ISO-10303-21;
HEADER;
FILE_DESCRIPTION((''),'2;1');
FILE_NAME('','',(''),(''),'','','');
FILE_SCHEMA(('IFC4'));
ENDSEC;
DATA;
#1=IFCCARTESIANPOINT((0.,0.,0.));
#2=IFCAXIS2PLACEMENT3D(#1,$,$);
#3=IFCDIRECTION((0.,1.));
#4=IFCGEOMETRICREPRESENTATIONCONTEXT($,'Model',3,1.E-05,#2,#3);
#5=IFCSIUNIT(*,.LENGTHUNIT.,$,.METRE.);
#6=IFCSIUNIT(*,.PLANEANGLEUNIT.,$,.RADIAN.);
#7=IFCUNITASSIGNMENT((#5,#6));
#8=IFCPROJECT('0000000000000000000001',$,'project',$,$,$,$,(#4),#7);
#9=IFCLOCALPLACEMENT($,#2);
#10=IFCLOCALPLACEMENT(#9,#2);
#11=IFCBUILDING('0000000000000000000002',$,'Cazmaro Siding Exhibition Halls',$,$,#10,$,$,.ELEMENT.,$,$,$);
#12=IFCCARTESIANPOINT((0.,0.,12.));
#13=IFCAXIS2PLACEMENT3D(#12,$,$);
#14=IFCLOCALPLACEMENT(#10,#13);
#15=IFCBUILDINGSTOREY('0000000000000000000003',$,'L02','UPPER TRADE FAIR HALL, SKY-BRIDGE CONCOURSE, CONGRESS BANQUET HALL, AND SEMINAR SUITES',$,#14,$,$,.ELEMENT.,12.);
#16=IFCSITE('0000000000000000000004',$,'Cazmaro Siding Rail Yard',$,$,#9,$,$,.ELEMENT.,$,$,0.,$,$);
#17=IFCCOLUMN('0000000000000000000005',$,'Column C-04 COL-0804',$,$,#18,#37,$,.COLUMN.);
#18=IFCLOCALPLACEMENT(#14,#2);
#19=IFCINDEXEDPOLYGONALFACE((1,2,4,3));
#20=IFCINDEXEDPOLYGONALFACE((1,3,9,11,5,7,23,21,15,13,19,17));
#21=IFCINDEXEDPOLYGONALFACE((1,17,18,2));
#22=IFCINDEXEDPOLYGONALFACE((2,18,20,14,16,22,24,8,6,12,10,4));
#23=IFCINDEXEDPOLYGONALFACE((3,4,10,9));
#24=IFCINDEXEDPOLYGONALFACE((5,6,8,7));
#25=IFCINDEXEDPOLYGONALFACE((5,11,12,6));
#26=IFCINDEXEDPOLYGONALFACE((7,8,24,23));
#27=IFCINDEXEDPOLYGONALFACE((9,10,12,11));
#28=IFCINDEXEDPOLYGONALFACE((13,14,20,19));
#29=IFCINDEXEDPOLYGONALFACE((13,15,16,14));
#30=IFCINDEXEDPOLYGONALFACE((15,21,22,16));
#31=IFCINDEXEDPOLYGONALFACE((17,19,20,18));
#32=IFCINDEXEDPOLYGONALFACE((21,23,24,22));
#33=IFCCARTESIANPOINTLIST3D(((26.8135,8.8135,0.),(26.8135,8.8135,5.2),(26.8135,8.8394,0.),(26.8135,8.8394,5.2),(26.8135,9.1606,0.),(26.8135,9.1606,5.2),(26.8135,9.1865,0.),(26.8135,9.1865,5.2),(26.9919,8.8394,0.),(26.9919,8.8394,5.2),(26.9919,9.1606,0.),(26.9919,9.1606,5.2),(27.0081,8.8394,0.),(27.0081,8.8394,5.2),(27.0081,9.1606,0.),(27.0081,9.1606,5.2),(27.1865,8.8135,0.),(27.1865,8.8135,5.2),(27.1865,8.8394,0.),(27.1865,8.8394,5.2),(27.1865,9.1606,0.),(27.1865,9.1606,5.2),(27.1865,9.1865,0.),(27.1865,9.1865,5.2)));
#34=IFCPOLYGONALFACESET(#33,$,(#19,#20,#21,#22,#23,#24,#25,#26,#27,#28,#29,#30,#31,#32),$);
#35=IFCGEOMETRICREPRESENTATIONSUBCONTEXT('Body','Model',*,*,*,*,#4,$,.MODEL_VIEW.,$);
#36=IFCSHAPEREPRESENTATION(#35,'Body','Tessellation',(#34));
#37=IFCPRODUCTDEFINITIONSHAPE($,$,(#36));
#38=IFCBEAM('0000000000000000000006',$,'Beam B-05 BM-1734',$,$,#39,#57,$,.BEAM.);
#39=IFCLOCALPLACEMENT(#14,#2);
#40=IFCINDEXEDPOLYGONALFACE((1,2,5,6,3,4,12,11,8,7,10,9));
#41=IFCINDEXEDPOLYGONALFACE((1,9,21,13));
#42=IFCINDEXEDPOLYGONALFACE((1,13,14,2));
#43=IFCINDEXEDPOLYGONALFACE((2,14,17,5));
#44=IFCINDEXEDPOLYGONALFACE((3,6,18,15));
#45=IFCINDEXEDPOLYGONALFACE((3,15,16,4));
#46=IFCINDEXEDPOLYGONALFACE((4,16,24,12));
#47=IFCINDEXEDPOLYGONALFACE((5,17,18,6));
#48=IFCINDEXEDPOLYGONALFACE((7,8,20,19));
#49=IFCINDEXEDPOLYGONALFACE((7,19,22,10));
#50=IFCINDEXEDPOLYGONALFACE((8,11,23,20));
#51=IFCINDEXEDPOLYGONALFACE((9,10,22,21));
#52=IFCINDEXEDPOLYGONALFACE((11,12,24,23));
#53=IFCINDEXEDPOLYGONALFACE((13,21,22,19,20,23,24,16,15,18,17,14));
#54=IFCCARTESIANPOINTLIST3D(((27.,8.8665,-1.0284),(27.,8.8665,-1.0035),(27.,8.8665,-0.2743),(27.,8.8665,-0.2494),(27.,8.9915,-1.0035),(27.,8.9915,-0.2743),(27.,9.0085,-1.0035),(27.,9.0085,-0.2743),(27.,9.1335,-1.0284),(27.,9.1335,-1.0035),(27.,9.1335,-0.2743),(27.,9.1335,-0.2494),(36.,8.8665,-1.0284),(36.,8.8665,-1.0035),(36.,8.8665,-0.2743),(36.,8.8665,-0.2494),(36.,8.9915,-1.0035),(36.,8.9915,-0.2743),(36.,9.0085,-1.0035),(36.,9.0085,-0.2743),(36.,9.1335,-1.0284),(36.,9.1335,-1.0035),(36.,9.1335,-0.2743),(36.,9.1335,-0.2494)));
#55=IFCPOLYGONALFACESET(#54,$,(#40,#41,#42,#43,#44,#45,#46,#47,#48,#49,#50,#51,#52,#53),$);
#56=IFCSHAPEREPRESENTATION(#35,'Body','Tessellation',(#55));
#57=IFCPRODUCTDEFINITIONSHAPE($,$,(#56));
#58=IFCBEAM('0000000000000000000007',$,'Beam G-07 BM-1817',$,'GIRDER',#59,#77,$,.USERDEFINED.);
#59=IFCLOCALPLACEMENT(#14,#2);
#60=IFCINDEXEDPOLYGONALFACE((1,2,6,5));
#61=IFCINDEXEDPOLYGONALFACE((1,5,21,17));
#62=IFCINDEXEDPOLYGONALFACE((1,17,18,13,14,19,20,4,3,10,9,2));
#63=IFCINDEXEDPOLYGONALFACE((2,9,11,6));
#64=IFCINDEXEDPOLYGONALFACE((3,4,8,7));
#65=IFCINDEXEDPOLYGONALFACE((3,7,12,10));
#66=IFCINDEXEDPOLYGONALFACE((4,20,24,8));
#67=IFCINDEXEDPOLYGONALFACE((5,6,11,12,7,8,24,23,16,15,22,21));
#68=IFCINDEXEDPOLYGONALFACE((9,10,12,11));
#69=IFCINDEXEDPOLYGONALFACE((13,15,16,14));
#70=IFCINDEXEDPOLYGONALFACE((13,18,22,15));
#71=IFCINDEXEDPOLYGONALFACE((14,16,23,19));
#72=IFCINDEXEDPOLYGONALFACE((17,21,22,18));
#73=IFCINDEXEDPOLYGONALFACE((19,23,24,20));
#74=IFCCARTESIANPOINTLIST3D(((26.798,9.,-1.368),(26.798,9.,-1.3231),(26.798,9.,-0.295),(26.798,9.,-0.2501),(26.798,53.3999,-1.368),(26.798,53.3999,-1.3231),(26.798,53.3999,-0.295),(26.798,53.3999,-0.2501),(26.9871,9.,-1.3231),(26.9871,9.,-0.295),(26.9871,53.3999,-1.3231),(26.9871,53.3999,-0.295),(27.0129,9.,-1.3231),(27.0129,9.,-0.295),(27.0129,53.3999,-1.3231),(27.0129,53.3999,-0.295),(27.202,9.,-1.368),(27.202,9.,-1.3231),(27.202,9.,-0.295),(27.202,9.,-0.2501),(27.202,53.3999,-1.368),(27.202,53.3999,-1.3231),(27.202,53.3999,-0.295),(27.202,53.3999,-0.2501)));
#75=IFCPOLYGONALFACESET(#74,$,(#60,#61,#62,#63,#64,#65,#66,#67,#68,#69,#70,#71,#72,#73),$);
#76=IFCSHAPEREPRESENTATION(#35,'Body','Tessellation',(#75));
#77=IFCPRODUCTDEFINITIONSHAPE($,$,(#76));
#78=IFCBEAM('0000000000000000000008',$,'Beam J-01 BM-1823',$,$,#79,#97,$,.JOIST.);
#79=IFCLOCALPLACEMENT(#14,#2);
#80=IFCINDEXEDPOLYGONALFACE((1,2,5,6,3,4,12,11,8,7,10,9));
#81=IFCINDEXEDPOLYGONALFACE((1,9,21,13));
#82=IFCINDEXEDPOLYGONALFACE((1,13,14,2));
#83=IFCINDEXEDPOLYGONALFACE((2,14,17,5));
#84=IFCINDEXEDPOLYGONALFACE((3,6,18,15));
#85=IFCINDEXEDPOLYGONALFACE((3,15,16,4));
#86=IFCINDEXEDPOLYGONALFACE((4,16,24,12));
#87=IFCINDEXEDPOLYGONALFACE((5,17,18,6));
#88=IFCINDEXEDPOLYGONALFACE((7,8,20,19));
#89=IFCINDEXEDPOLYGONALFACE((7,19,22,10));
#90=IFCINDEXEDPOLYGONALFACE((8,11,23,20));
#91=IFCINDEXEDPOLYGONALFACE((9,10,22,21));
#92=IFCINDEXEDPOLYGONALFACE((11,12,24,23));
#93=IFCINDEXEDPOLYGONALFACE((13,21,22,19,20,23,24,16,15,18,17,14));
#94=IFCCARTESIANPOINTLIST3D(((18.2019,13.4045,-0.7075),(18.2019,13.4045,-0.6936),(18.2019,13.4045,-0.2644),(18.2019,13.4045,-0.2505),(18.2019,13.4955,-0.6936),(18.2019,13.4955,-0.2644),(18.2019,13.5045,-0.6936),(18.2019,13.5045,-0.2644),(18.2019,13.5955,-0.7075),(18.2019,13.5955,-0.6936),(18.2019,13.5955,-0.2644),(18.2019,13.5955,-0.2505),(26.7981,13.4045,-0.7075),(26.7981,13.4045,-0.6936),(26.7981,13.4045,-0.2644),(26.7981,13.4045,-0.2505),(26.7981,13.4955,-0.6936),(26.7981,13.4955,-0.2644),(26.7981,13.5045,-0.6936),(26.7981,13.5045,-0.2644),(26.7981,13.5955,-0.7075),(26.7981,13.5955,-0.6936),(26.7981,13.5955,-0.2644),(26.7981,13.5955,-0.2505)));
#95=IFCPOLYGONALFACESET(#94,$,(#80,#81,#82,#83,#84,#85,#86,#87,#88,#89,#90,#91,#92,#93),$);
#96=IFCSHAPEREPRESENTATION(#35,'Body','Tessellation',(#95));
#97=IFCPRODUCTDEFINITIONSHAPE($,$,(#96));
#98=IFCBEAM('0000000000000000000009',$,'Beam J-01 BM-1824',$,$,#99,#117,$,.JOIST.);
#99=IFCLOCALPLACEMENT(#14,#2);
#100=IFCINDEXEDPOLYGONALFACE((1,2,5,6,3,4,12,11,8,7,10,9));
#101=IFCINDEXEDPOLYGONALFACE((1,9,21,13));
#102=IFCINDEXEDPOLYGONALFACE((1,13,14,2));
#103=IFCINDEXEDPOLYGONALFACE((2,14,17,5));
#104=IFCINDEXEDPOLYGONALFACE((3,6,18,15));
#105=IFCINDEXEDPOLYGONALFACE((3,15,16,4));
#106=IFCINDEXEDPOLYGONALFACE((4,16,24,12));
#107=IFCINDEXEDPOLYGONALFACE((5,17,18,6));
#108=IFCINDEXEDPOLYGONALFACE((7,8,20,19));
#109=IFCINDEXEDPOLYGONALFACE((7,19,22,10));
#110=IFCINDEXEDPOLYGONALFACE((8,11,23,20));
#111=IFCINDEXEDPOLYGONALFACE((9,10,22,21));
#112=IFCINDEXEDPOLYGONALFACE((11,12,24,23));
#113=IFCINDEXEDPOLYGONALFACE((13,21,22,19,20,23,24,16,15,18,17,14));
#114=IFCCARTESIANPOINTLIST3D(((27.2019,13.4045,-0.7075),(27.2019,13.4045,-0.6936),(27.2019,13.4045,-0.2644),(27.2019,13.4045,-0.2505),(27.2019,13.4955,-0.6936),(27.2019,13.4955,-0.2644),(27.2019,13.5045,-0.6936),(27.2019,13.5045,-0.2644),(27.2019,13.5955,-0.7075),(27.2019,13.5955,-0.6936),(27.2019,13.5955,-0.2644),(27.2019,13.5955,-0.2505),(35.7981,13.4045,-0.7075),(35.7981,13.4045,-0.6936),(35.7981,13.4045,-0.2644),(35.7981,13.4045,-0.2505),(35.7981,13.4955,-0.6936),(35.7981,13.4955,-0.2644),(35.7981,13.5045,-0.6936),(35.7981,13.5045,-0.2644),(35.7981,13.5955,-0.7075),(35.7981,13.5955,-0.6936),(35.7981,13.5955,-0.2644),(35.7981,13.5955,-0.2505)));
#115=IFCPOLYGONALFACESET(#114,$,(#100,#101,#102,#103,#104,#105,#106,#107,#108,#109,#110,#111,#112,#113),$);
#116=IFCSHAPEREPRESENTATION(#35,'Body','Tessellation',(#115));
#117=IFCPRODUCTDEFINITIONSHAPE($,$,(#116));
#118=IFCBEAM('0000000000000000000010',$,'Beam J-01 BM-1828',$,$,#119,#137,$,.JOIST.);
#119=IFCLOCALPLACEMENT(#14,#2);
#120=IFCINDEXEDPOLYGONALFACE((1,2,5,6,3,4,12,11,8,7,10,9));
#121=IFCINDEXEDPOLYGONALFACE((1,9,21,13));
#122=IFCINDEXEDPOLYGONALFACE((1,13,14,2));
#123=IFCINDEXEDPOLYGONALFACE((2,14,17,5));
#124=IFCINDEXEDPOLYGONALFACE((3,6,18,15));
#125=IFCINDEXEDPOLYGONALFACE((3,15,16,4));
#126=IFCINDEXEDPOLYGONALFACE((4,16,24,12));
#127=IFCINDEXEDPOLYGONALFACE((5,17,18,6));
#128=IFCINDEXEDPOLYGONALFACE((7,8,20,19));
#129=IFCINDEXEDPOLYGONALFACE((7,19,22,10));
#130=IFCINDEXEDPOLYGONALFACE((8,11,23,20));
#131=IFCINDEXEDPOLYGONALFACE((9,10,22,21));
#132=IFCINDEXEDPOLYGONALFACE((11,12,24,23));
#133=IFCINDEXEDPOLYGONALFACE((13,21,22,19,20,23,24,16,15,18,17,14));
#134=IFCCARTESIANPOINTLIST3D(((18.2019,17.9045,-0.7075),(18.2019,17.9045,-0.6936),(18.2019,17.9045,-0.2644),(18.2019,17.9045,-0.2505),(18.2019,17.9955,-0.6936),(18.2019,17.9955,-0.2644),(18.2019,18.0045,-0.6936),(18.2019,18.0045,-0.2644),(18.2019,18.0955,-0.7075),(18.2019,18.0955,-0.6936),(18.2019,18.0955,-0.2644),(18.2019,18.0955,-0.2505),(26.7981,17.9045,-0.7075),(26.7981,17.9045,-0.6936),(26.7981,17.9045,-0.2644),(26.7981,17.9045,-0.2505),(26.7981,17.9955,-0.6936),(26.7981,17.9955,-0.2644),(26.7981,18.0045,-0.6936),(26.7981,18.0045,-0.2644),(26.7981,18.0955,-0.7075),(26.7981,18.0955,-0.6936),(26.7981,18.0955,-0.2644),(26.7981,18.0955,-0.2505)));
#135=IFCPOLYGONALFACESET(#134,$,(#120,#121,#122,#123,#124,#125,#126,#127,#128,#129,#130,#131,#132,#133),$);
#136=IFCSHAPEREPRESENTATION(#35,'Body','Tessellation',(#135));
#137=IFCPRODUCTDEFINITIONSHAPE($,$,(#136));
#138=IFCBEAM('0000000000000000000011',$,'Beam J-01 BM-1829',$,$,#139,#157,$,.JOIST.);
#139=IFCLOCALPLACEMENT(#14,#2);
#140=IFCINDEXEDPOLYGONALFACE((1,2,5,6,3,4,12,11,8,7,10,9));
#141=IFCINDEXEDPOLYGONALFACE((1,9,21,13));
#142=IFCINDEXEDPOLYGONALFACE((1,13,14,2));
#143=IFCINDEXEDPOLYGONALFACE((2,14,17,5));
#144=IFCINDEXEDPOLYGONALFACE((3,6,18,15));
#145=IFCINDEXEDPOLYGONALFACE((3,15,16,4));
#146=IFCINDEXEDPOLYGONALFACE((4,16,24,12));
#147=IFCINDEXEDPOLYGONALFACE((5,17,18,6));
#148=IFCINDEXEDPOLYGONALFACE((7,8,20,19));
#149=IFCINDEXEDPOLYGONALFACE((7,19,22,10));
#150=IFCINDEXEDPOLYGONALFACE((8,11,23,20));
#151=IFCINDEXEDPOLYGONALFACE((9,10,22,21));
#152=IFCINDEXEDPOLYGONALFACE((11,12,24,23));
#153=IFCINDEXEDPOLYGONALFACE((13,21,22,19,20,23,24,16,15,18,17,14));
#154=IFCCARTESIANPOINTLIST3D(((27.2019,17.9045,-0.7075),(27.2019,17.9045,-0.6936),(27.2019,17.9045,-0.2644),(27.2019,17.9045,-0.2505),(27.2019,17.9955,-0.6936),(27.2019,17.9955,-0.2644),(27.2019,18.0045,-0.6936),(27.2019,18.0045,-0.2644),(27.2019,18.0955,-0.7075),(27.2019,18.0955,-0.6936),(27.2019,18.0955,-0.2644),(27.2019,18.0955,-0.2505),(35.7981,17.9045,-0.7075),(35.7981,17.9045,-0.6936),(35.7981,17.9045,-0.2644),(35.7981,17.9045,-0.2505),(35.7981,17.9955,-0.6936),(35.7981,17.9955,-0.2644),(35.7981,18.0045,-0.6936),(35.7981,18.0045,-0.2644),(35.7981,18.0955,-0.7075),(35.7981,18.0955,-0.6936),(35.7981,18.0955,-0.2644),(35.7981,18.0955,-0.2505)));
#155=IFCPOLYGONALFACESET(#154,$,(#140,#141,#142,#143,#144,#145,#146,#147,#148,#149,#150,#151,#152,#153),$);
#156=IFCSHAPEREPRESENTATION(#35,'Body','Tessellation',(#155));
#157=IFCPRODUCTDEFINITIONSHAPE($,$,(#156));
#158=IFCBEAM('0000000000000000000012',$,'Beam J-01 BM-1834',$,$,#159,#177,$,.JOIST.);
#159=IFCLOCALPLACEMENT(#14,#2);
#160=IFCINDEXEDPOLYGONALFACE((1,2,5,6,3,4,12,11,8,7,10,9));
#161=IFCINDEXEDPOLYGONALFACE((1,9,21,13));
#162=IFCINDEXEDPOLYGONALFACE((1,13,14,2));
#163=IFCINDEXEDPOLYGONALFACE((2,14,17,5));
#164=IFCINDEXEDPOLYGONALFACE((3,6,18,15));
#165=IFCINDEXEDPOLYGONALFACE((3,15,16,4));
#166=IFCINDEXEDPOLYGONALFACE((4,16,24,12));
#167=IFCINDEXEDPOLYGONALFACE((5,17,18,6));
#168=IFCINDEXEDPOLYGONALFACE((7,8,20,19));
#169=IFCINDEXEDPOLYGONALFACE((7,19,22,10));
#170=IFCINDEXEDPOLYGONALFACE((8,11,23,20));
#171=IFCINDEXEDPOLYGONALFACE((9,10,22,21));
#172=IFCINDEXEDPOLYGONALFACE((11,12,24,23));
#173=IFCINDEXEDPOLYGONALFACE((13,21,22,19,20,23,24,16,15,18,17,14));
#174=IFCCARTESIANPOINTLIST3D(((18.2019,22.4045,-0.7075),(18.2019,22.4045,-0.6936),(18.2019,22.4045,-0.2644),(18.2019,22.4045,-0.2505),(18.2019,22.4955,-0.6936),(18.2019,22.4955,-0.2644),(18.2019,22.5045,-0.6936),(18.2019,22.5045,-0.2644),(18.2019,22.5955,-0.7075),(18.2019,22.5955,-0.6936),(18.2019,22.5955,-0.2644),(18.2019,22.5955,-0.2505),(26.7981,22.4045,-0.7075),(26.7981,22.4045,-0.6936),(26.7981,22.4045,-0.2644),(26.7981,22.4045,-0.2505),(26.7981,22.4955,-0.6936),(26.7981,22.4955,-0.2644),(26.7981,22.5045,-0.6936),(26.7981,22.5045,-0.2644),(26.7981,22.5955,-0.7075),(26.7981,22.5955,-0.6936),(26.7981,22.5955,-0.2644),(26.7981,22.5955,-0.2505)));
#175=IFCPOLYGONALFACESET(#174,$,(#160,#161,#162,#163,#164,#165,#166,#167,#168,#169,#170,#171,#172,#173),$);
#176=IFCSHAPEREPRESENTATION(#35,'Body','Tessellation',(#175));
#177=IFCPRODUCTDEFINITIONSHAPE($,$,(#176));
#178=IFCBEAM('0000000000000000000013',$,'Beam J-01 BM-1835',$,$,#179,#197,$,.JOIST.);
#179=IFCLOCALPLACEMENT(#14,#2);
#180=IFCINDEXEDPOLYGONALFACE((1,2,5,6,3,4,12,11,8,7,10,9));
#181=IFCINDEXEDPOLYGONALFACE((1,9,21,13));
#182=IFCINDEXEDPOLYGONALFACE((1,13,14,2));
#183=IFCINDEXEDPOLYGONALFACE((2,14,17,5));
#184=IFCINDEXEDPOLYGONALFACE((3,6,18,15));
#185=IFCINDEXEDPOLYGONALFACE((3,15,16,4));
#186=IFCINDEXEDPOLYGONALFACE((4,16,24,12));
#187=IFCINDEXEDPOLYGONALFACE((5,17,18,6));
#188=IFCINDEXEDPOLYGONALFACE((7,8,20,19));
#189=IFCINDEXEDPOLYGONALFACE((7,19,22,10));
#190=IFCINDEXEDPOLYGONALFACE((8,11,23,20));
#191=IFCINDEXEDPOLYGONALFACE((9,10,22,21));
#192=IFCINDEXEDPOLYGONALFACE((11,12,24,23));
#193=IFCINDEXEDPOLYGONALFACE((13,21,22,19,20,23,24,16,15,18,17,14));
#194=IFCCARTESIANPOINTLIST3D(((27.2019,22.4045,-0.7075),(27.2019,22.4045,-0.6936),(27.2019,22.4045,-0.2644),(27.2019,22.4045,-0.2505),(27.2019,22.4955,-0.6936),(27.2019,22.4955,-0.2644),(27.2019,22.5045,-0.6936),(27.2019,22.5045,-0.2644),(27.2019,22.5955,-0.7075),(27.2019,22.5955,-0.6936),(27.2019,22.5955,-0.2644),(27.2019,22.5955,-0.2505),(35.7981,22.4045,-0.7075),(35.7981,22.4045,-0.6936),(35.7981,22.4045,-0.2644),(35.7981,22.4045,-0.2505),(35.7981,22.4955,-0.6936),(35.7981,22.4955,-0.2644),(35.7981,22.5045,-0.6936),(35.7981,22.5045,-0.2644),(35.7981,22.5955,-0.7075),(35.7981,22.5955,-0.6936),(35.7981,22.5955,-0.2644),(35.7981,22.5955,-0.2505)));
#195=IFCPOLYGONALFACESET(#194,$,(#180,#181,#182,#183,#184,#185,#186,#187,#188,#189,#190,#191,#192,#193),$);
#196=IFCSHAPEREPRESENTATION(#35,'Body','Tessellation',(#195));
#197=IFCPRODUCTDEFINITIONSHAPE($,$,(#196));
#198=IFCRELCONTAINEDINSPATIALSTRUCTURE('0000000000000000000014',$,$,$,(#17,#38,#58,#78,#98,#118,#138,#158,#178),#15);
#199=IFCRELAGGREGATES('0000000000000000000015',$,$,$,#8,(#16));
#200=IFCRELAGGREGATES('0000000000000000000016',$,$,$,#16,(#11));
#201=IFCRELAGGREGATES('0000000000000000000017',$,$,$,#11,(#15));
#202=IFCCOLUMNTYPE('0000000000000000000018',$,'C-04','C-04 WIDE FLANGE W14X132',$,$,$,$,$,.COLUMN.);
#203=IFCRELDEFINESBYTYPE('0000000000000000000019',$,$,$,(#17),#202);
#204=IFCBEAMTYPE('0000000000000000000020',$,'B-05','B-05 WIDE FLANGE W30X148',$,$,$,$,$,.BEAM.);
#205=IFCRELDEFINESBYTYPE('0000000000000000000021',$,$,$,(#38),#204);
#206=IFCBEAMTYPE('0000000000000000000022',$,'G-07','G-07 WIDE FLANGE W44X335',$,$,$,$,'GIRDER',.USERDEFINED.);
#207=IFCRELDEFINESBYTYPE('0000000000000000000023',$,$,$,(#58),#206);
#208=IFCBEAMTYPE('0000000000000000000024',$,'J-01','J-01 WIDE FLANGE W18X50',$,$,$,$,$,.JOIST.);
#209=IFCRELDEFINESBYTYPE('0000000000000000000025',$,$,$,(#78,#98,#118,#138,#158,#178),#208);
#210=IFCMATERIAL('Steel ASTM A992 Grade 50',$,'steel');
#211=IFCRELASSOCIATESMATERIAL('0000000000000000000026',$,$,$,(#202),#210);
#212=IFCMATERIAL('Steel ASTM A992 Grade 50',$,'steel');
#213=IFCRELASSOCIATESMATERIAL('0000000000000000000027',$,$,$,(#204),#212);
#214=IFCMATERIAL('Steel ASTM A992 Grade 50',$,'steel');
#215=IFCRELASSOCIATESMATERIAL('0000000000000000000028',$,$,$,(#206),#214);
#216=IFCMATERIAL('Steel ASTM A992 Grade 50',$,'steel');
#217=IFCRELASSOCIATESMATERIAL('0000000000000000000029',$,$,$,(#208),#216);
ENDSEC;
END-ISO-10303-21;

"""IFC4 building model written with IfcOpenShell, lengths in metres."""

from ifc_helpers import new_model, si_unit, direction, frame, origin, origin_2d, place, context, subcontext, project, spatial, i_section, extrude, material, material_profile, profile_set, type_object, element, save


model = new_model("IFC4")

# Units and contexts
model_context = context("Model", 3, precision=1e-05, world=origin(), true_north=direction((0.0, 1.0)))
body_context = subcontext(model_context, "Body", "Model", "MODEL_VIEW")
ifc_project = project(units=[si_unit("LENGTHUNIT", "METRE"), si_unit("PLANEANGLEUNIT", "RADIAN")], contexts=[model_context])

# Site, building, storey
site_placement = place(None, origin())
site = spatial("IfcSite", under=ifc_project, at=site_placement, Name="Cazmaro Siding Rail Yard", CompositionType="ELEMENT", RefElevation=0.0)
building_placement = place(site_placement, origin())
building = spatial("IfcBuilding", under=site, at=building_placement, Name="Cazmaro Siding Exhibition Halls", CompositionType="ELEMENT")
storey_placement = place(building_placement, frame((0.0, 0.0, 12.0)))
storey = spatial("IfcBuildingStorey", under=building, at=storey_placement, Name="L02", Description="UPPER TRADE FAIR HALL, SKY-BRIDGE CONCOURSE, CONGRESS BANQUET HALL, AND SEMINAR SUITES", CompositionType="ELEMENT", Elevation=12.0)

# Column
ifc_material_1 = material(Name="Steel ASTM A992 Grade 50", Category="steel")
ifc_material_profile_1 = material_profile(ifc_material_1, i_section(OverallWidth=0.373, OverallDepth=0.373, WebThickness=0.0161, FlangeThickness=0.0259, at=origin_2d()), Name="W14X132")
ifc_profile_set_1 = profile_set([ifc_material_profile_1], Name="Steel ASTM A992 Grade 50")
column_type = type_object("IfcColumnType", Name="C-04", Description="C-04 WIDE FLANGE W14X132", PredefinedType="COLUMN", material=ifc_profile_set_1)
column_placement = place(storey_placement, frame((27.0, 9.0, 0.0), z_axis=(0.0, 0.0, 1.0), x_axis=(1.0, 0.0, 0.0)))
element("IfcColumn", 1, at=column_placement, inside=storey, type_object=column_type, Name="Column C-04 COL-0804", PredefinedType="COLUMN", context=body_context, shape_type="SweptSolid", body=[
    extrude(i_section(OverallWidth=0.373, OverallDepth=0.373, WebThickness=0.0161, FlangeThickness=0.0259, at=origin_2d()), origin(), (0.0, 0.0, 1.0), 5.2),
])

# Beams
ifc_material_2 = material(Name="Steel ASTM A992 Grade 50", Category="steel")
ifc_material_profile_2 = material_profile(ifc_material_2, i_section(OverallWidth=0.2671, OverallDepth=0.7791, WebThickness=0.0171, FlangeThickness=0.0249, at=origin_2d()), Name="W30X148")
ifc_profile_set_2 = profile_set([ifc_material_profile_2], Name="Steel ASTM A992 Grade 50")
beam_type_1 = type_object("IfcBeamType", Name="B-05", Description="B-05 WIDE FLANGE W30X148", PredefinedType="BEAM", material=ifc_profile_set_2)
beam_1_placement = place(storey_placement, frame((27.0, 9.0, -0.6389), z_axis=(1.0, 0.0, 0.0), x_axis=(0.0, 1.0, 0.0)))
element("IfcBeam", 2, at=beam_1_placement, inside=storey, type_object=beam_type_1, Name="Beam B-05 BM-1734", PredefinedType="BEAM", context=body_context, shape_type="SweptSolid", body=[
    extrude(i_section(OverallWidth=0.2671, OverallDepth=0.7791, WebThickness=0.0171, FlangeThickness=0.0249, at=origin_2d()), origin(), (0.0, 0.0, 1.0), 9.0),
])
ifc_material_3 = material(Name="Steel ASTM A992 Grade 50", Category="steel")
ifc_material_profile_3 = material_profile(ifc_material_3, i_section(OverallWidth=0.4041, OverallDepth=1.1179, WebThickness=0.0259, FlangeThickness=0.0449, at=origin_2d()), Name="W44X335")
ifc_profile_set_3 = profile_set([ifc_material_profile_3], Name="Steel ASTM A992 Grade 50")
beam_type_2 = type_object("IfcBeamType", Name="G-07", Description="G-07 WIDE FLANGE W44X335", ElementType="GIRDER", PredefinedType="USERDEFINED", material=ifc_profile_set_3)
beam_2_placement = place(storey_placement, frame((27.0, 9.0, -0.8091), z_axis=(0.0, 1.0, 0.0), x_axis=(-1.0, 0.0, 0.0)))
element("IfcBeam", 3, at=beam_2_placement, inside=storey, type_object=beam_type_2, Name="Beam G-07 BM-1817", ObjectType="GIRDER", PredefinedType="USERDEFINED", context=body_context, shape_type="SweptSolid", body=[
    extrude(i_section(OverallWidth=0.4041, OverallDepth=1.1179, WebThickness=0.0259, FlangeThickness=0.0449, at=origin_2d()), origin(), (0.0, 0.0, 1.0), 44.3999),
])
ifc_material_4 = material(Name="Steel ASTM A992 Grade 50", Category="steel")
ifc_material_profile_4 = material_profile(ifc_material_4, i_section(OverallWidth=0.1909, OverallDepth=0.457, WebThickness=0.009, FlangeThickness=0.0139, at=origin_2d()), Name="W18X50")
ifc_profile_set_4 = profile_set([ifc_material_profile_4], Name="Steel ASTM A992 Grade 50")
beam_type_3 = type_object("IfcBeamType", Name="J-01", Description="J-01 WIDE FLANGE W18X50", PredefinedType="JOIST", material=ifc_profile_set_4)
for number, where, z_axis, x_axis, name in (
    (4, (18.2019, 13.5, -0.479), (1.0, 0.0, 0.0), (0.0, 1.0, 0.0), "Beam J-01 BM-1823"),
    (5, (27.2019, 13.5, -0.479), (1.0, 0.0, 0.0), (0.0, 1.0, 0.0), "Beam J-01 BM-1824"),
    (6, (18.2019, 18.0, -0.479), (1.0, 0.0, 0.0), (0.0, 1.0, 0.0), "Beam J-01 BM-1828"),
    (7, (27.2019, 18.0, -0.479), (1.0, 0.0, 0.0), (0.0, 1.0, 0.0), "Beam J-01 BM-1829"),
    (8, (18.2019, 22.5, -0.479), (1.0, 0.0, 0.0), (0.0, 1.0, 0.0), "Beam J-01 BM-1834"),
    (9, (27.2019, 22.5, -0.479), (1.0, 0.0, 0.0), (0.0, 1.0, 0.0), "Beam J-01 BM-1835"),
):
    element("IfcBeam", number, at=place(storey_placement, frame(where, z_axis=z_axis, x_axis=x_axis)), inside=storey, type_object=beam_type_3, Name=name, PredefinedType="JOIST", context=body_context, shape_type="SweptSolid", body=[
        extrude(i_section(OverallWidth=0.1909, OverallDepth=0.457, WebThickness=0.009, FlangeThickness=0.0139, at=origin_2d()), origin(), (0.0, 0.0, 1.0), 8.5962),
    ])

save(model, "model.ifc")
